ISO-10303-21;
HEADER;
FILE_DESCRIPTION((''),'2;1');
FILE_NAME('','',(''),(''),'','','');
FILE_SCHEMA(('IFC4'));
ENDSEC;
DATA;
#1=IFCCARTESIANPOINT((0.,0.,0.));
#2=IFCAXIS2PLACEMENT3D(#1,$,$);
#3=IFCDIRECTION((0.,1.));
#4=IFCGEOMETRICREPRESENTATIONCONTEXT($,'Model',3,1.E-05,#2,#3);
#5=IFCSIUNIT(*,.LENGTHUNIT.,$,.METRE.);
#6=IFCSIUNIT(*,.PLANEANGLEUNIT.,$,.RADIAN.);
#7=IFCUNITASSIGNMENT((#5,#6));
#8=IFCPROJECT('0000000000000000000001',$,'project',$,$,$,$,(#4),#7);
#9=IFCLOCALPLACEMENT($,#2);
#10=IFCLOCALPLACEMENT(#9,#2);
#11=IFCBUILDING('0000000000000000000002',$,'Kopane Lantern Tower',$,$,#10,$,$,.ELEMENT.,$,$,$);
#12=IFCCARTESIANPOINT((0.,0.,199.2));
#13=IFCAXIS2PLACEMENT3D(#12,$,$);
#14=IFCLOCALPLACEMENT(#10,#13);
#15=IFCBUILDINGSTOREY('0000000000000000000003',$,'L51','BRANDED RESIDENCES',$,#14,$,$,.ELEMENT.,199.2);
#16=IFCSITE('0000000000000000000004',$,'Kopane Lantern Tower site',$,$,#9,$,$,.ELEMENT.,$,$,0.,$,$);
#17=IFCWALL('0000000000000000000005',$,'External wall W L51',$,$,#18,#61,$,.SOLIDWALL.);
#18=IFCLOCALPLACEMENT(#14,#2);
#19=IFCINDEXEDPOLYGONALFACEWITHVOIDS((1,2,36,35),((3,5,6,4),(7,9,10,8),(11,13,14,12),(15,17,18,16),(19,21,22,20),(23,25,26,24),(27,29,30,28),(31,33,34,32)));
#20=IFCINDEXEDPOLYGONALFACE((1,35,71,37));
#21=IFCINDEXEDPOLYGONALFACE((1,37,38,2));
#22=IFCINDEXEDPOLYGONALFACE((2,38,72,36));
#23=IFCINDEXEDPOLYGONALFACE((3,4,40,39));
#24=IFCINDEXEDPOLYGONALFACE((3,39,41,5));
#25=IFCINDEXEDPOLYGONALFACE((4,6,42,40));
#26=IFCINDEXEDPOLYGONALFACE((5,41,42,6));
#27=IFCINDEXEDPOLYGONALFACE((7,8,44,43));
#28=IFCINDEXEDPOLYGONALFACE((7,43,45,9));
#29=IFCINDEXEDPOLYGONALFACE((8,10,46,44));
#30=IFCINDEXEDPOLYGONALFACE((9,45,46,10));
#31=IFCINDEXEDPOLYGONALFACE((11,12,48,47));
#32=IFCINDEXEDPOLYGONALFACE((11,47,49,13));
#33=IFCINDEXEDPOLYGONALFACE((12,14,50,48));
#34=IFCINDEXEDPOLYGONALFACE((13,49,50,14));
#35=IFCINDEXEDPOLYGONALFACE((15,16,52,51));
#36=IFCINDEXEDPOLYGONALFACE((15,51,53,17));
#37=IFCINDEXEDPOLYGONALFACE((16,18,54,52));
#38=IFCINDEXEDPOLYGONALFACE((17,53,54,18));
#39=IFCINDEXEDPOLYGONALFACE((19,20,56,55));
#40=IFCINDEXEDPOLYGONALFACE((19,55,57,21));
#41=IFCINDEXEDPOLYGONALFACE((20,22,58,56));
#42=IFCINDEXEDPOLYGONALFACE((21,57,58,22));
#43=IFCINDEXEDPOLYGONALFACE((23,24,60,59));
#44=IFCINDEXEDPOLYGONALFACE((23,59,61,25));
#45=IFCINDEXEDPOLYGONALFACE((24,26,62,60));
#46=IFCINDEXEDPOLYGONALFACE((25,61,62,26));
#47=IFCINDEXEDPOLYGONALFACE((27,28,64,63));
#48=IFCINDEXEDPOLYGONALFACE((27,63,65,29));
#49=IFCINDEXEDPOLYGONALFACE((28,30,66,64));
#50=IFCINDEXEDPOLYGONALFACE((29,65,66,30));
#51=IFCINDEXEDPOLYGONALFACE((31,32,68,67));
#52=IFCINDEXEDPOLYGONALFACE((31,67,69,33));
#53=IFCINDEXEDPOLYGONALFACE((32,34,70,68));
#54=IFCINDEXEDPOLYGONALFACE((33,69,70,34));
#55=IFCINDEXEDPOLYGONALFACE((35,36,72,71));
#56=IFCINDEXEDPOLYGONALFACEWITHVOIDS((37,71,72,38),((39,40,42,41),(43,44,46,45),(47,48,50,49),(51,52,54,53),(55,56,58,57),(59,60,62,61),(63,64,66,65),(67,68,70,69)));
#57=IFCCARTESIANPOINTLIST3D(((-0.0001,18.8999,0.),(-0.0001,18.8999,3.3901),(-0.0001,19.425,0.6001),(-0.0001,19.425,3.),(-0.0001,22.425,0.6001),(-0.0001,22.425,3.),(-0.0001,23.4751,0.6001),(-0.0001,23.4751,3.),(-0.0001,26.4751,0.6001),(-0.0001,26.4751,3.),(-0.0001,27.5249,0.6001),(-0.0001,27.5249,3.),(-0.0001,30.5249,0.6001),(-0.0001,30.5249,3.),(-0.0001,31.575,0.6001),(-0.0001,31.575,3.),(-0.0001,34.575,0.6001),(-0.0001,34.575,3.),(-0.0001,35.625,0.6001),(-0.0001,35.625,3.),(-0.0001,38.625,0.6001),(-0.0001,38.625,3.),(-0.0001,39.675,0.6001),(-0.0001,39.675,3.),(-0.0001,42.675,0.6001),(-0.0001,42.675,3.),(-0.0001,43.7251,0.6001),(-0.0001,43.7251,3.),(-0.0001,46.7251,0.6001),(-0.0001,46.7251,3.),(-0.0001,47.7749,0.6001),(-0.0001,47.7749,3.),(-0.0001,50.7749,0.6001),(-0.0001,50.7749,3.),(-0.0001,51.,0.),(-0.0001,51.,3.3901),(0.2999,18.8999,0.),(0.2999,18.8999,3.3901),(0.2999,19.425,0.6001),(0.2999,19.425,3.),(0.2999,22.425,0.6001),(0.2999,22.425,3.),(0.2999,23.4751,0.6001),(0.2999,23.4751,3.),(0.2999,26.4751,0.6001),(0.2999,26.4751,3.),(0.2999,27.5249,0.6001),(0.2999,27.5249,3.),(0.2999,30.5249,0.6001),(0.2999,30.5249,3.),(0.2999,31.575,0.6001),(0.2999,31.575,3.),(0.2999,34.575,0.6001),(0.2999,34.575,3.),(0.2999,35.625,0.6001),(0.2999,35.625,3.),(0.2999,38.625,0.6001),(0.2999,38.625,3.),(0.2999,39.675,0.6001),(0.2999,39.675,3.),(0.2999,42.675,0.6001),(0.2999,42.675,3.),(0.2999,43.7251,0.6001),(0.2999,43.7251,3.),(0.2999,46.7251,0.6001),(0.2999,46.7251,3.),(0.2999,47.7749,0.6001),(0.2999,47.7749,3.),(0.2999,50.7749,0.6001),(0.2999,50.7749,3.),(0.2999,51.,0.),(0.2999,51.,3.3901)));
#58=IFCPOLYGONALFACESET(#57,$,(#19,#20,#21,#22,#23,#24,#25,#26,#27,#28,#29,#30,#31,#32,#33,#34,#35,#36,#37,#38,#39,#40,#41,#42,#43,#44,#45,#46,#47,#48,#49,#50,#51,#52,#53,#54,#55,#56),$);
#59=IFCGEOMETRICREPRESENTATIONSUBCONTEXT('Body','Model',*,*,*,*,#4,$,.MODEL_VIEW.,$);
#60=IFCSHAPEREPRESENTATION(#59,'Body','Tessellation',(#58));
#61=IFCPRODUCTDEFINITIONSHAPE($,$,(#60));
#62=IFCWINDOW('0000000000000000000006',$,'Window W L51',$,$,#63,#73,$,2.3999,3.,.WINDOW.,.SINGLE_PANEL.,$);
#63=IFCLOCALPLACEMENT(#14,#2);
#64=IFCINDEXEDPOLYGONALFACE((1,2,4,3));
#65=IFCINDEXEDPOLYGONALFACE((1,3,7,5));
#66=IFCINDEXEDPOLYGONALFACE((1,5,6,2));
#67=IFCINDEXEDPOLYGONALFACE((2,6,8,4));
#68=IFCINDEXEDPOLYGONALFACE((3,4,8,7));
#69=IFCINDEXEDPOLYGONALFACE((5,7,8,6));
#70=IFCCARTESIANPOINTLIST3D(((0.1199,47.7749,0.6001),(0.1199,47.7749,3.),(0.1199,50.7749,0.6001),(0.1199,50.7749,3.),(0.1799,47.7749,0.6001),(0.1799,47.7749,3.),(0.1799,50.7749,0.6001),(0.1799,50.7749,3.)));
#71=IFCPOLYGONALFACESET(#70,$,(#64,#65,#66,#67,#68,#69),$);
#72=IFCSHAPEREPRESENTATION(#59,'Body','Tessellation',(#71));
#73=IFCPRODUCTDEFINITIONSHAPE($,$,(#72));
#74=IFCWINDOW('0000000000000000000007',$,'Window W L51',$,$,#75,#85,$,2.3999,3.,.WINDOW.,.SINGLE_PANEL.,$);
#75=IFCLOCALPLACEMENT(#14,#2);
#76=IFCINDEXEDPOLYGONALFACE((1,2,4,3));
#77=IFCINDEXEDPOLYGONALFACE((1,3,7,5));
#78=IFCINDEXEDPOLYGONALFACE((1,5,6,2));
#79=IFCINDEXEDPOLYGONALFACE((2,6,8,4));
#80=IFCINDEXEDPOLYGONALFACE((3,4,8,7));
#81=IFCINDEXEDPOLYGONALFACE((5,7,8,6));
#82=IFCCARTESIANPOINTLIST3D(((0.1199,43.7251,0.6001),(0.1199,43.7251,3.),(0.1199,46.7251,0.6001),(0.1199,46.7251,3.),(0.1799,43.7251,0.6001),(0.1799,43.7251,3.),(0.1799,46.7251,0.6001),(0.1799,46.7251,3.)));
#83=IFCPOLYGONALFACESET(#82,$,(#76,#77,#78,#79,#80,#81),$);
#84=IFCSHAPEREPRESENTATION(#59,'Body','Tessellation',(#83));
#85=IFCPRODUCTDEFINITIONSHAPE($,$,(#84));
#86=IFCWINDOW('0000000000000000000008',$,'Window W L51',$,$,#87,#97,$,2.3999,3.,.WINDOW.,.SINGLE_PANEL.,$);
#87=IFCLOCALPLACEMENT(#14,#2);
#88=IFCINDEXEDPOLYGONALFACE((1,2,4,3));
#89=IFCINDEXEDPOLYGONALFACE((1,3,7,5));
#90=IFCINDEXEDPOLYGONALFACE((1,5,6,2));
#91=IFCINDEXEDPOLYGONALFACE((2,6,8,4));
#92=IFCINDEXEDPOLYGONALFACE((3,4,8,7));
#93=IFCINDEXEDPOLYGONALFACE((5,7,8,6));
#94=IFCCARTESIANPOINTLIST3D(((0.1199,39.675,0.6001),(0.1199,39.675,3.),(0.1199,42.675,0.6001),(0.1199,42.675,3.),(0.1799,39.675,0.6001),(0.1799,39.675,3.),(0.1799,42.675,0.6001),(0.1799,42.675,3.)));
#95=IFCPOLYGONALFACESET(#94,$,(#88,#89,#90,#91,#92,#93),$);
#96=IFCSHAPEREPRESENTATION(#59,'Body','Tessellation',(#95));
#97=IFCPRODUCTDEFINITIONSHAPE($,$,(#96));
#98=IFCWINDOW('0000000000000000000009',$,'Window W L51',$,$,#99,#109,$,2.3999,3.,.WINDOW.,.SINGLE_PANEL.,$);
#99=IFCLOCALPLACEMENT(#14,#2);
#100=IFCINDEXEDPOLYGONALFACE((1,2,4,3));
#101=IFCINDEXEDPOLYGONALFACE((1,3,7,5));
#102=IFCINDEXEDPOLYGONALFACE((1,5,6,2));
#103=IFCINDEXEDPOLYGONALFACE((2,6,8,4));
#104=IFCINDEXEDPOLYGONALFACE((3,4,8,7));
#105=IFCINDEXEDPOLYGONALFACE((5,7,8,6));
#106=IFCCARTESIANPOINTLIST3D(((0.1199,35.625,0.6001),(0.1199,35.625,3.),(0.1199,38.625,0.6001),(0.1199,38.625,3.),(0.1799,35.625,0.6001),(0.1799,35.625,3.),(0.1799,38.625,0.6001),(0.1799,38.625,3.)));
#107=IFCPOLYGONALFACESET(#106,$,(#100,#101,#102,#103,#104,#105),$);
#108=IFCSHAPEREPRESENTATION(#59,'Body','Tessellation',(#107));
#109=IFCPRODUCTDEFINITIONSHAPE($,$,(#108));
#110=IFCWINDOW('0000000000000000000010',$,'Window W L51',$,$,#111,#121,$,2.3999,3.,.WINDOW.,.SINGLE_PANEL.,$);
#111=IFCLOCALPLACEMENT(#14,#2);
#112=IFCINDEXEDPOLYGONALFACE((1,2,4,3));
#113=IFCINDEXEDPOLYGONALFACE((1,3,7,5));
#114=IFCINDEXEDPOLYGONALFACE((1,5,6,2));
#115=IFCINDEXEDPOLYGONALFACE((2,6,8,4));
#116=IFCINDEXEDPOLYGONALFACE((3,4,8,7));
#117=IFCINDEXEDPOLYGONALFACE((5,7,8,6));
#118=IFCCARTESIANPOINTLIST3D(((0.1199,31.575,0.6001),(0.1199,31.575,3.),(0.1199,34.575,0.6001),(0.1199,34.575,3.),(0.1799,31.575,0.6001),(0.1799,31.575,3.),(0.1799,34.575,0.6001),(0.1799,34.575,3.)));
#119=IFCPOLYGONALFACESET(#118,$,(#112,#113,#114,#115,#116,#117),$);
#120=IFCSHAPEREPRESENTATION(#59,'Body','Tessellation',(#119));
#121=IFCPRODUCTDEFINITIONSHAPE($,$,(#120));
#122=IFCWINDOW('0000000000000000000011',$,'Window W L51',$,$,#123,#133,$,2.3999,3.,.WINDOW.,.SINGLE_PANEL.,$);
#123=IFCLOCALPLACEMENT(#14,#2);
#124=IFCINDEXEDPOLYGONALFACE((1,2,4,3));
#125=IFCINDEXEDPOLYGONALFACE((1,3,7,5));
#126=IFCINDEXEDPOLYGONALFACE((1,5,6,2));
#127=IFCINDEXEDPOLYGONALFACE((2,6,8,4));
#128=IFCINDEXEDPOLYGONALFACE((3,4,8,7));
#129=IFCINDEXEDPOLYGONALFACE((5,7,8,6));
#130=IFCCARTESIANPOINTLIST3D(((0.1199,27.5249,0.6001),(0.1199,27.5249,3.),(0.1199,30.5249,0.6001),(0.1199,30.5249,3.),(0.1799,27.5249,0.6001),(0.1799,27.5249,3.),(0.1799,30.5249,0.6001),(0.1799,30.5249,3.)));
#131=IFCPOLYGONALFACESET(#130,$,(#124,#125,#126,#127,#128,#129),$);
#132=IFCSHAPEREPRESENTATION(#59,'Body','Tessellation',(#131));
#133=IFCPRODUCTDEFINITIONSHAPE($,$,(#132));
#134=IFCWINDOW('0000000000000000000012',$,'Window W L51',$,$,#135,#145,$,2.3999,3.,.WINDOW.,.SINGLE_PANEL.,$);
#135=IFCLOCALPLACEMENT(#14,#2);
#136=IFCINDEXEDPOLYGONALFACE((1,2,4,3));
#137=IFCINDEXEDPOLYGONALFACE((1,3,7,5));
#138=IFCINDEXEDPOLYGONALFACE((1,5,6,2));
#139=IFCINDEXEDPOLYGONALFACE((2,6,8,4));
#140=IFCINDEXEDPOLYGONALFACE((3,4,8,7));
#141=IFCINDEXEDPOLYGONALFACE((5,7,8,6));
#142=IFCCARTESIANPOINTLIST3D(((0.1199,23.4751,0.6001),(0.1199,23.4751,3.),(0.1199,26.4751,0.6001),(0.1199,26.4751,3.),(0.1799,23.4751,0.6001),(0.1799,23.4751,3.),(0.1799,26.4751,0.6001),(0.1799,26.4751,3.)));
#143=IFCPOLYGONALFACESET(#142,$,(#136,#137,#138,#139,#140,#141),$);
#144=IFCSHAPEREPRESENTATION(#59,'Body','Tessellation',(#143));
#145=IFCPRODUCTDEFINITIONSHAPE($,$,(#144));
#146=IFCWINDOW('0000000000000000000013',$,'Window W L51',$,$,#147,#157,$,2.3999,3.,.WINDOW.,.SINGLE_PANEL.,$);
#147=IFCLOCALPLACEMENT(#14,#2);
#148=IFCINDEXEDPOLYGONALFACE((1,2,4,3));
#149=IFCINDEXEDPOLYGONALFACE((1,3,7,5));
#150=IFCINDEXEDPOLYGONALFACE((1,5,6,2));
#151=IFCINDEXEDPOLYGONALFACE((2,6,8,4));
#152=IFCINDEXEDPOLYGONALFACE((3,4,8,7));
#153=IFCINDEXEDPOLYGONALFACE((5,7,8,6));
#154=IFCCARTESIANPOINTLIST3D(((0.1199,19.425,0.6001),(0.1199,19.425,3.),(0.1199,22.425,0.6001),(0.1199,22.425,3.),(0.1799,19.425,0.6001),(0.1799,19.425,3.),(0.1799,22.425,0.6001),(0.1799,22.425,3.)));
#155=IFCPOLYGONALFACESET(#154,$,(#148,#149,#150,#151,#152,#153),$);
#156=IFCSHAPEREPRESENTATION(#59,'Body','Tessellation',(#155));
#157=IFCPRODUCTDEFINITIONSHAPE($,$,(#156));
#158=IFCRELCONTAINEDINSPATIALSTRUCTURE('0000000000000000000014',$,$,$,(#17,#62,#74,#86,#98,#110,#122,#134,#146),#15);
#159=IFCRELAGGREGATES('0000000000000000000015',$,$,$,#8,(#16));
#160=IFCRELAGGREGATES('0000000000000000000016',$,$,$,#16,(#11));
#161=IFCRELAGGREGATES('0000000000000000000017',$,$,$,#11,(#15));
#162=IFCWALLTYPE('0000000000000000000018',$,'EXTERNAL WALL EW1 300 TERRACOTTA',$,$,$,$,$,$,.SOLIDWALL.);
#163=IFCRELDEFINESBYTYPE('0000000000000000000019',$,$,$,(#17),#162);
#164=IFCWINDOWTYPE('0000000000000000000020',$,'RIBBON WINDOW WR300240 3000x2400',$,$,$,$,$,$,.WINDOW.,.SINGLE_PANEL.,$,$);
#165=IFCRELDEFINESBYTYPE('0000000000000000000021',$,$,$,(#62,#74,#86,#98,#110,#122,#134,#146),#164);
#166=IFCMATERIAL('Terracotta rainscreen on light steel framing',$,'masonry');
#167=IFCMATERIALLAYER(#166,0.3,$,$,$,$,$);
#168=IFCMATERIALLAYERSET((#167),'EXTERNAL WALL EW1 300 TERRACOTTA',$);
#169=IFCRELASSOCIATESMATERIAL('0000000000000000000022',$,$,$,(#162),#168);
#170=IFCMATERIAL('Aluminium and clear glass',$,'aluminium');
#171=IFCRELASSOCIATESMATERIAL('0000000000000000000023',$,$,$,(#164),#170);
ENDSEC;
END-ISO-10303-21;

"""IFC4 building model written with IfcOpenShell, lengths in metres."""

from ifc_helpers import new_model, si_unit, direction, frame, frame_2d, origin, place, context, subcontext, project, spatial, rectangle, extrude, material, layer, layer_set, type_object, element, fill, save


model = new_model("IFC4")

# Units and contexts
model_context = context("Model", 3, precision=1e-05, world=origin(), true_north=direction((0.0, 1.0)))
body_context = subcontext(model_context, "Body", "Model", "MODEL_VIEW")
ifc_project = project(units=[si_unit("LENGTHUNIT", "METRE"), si_unit("PLANEANGLEUNIT", "RADIAN")], contexts=[model_context])

# Site, building, storey
site_placement = place(None, origin())
site = spatial("IfcSite", under=ifc_project, at=site_placement, Name="Kopane Lantern Tower site", CompositionType="ELEMENT", RefElevation=0.0)
building_placement = place(site_placement, origin())
building = spatial("IfcBuilding", under=site, at=building_placement, Name="Kopane Lantern Tower", CompositionType="ELEMENT")
storey_placement = place(building_placement, frame((0.0, 0.0, 199.2)))
storey = spatial("IfcBuildingStorey", under=building, at=storey_placement, Name="L51", Description="BRANDED RESIDENCES", CompositionType="ELEMENT", Elevation=199.2)

# Wall, openings, windows
ifc_material_1 = material(Name="Terracotta rainscreen on light steel framing", Category="masonry")
ifc_layer = layer(ifc_material_1, 0.3)
ifc_layer_set = layer_set([ifc_layer], Name="EXTERNAL WALL EW1 300 TERRACOTTA")
wall_type = type_object("IfcWallType", Name="EXTERNAL WALL EW1 300 TERRACOTTA", PredefinedType="SOLIDWALL", material=ifc_layer_set)
wall_placement = place(storey_placement, frame((0.1499, 51.0, 0.0), z_axis=(0.0, 0.0, 1.0), x_axis=(0.0, -1.0, 0.0)))
wall = element("IfcWall", 1, at=wall_placement, inside=storey, type_object=wall_type, Name="External wall W L51", PredefinedType="SOLIDWALL", context=body_context, shape_type="SweptSolid", body=[
    extrude(rectangle(XDim=32.1001, YDim=0.3, at=frame_2d((16.05, 0.0))), origin(), (0.0, 0.0, 1.0), 3.3901),
])
opening_1_placement = place(wall_placement, frame((0.2251, 0.0, 0.6001)))
opening_1 = element("IfcOpeningElement", 2, at=opening_1_placement, cuts=wall, PredefinedType="OPENING", context=body_context, shape_type="SweptSolid", body=[
    extrude(rectangle(XDim=3.0, YDim=2.3999, at=frame_2d((1.5, 1.2))), frame((0.0, 0.1599, 0.0), z_axis=(0.0, -1.0, 0.0), x_axis=(1.0, 0.0, 0.0)), (0.0, 0.0, 1.0), 0.3201),
])
opening_2_placement = place(wall_placement, frame((4.2749, 0.0, 0.6001)))
opening_2 = element("IfcOpeningElement", 3, at=opening_2_placement, cuts=wall, PredefinedType="OPENING", context=body_context, shape_type="SweptSolid", body=[
    extrude(rectangle(XDim=3.0, YDim=2.3999, at=frame_2d((1.5, 1.2))), frame((0.0, 0.1599, 0.0), z_axis=(0.0, -1.0, 0.0), x_axis=(1.0, 0.0, 0.0)), (0.0, 0.0, 1.0), 0.3201),
])
opening_3_placement = place(wall_placement, frame((8.325, 0.0, 0.6001)))
opening_3 = element("IfcOpeningElement", 4, at=opening_3_placement, cuts=wall, PredefinedType="OPENING", context=body_context, shape_type="SweptSolid", body=[
    extrude(rectangle(XDim=3.0, YDim=2.3999, at=frame_2d((1.5, 1.2))), frame((0.0, 0.1599, 0.0), z_axis=(0.0, -1.0, 0.0), x_axis=(1.0, 0.0, 0.0)), (0.0, 0.0, 1.0), 0.3201),
])
opening_4_placement = place(wall_placement, frame((12.375, 0.0, 0.6001)))
opening_4 = element("IfcOpeningElement", 5, at=opening_4_placement, cuts=wall, PredefinedType="OPENING", context=body_context, shape_type="SweptSolid", body=[
    extrude(rectangle(XDim=3.0, YDim=2.3999, at=frame_2d((1.5, 1.2))), frame((0.0, 0.1599, 0.0), z_axis=(0.0, -1.0, 0.0), x_axis=(1.0, 0.0, 0.0)), (0.0, 0.0, 1.0), 0.3201),
])
opening_5_placement = place(wall_placement, frame((16.425, 0.0, 0.6001)))
opening_5 = element("IfcOpeningElement", 6, at=opening_5_placement, cuts=wall, PredefinedType="OPENING", context=body_context, shape_type="SweptSolid", body=[
    extrude(rectangle(XDim=3.0, YDim=2.3999, at=frame_2d((1.5, 1.2))), frame((0.0, 0.1599, 0.0), z_axis=(0.0, -1.0, 0.0), x_axis=(1.0, 0.0, 0.0)), (0.0, 0.0, 1.0), 0.3201),
])
opening_6_placement = place(wall_placement, frame((20.4751, 0.0, 0.6001)))
opening_6 = element("IfcOpeningElement", 7, at=opening_6_placement, cuts=wall, PredefinedType="OPENING", context=body_context, shape_type="SweptSolid", body=[
    extrude(rectangle(XDim=3.0, YDim=2.3999, at=frame_2d((1.5, 1.2))), frame((0.0, 0.1599, 0.0), z_axis=(0.0, -1.0, 0.0), x_axis=(1.0, 0.0, 0.0)), (0.0, 0.0, 1.0), 0.3201),
])
opening_7_placement = place(wall_placement, frame((24.5249, 0.0, 0.6001)))
opening_7 = element("IfcOpeningElement", 8, at=opening_7_placement, cuts=wall, PredefinedType="OPENING", context=body_context, shape_type="SweptSolid", body=[
    extrude(rectangle(XDim=3.0, YDim=2.3999, at=frame_2d((1.5, 1.2))), frame((0.0, 0.1599, 0.0), z_axis=(0.0, -1.0, 0.0), x_axis=(1.0, 0.0, 0.0)), (0.0, 0.0, 1.0), 0.3201),
])
opening_8_placement = place(wall_placement, frame((28.575, 0.0, 0.6001)))
opening_8 = element("IfcOpeningElement", 9, at=opening_8_placement, cuts=wall, PredefinedType="OPENING", context=body_context, shape_type="SweptSolid", body=[
    extrude(rectangle(XDim=3.0, YDim=2.3999, at=frame_2d((1.5, 1.2))), frame((0.0, 0.1599, 0.0), z_axis=(0.0, -1.0, 0.0), x_axis=(1.0, 0.0, 0.0)), (0.0, 0.0, 1.0), 0.3201),
])
ifc_material_2 = material(Name="Aluminium and clear glass", Category="aluminium")
window_type = type_object("IfcWindowType", Name="RIBBON WINDOW WR300240 3000x2400", PartitioningType="SINGLE_PANEL", PredefinedType="WINDOW", material=ifc_material_2)
window_1_placement = place(opening_1_placement, origin())
window_1 = element("IfcWindow", 10, at=window_1_placement, inside=storey, type_object=window_type, Name="Window W L51", OverallHeight=2.3999, OverallWidth=3.0, PartitioningType="SINGLE_PANEL", PredefinedType="WINDOW", context=body_context, shape_type="SweptSolid", body=[
    extrude(rectangle(XDim=3.0, YDim=2.3999, at=frame_2d((1.5, 1.2))), frame((0.0, 0.03, 0.0), z_axis=(0.0, -1.0, 0.0), x_axis=(1.0, 0.0, 0.0)), (0.0, 0.0, 1.0), 0.0601),
])
fill(opening_1, window_1)
window_2_placement = place(opening_2_placement, origin())
window_2 = element("IfcWindow", 11, at=window_2_placement, inside=storey, type_object=window_type, Name="Window W L51", OverallHeight=2.3999, OverallWidth=3.0, PartitioningType="SINGLE_PANEL", PredefinedType="WINDOW", context=body_context, shape_type="SweptSolid", body=[
    extrude(rectangle(XDim=3.0, YDim=2.3999, at=frame_2d((1.5, 1.2))), frame((0.0, 0.03, 0.0), z_axis=(0.0, -1.0, 0.0), x_axis=(1.0, 0.0, 0.0)), (0.0, 0.0, 1.0), 0.0601),
])
fill(opening_2, window_2)
window_3_placement = place(opening_3_placement, origin())
window_3 = element("IfcWindow", 12, at=window_3_placement, inside=storey, type_object=window_type, Name="Window W L51", OverallHeight=2.3999, OverallWidth=3.0, PartitioningType="SINGLE_PANEL", PredefinedType="WINDOW", context=body_context, shape_type="SweptSolid", body=[
    extrude(rectangle(XDim=3.0, YDim=2.3999, at=frame_2d((1.5, 1.2))), frame((0.0, 0.03, 0.0), z_axis=(0.0, -1.0, 0.0), x_axis=(1.0, 0.0, 0.0)), (0.0, 0.0, 1.0), 0.0601),
])
fill(opening_3, window_3)
window_4_placement = place(opening_4_placement, origin())
window_4 = element("IfcWindow", 13, at=window_4_placement, inside=storey, type_object=window_type, Name="Window W L51", OverallHeight=2.3999, OverallWidth=3.0, PartitioningType="SINGLE_PANEL", PredefinedType="WINDOW", context=body_context, shape_type="SweptSolid", body=[
    extrude(rectangle(XDim=3.0, YDim=2.3999, at=frame_2d((1.5, 1.2))), frame((0.0, 0.03, 0.0), z_axis=(0.0, -1.0, 0.0), x_axis=(1.0, 0.0, 0.0)), (0.0, 0.0, 1.0), 0.0601),
])
fill(opening_4, window_4)
window_5_placement = place(opening_5_placement, origin())
window_5 = element("IfcWindow", 14, at=window_5_placement, inside=storey, type_object=window_type, Name="Window W L51", OverallHeight=2.3999, OverallWidth=3.0, PartitioningType="SINGLE_PANEL", PredefinedType="WINDOW", context=body_context, shape_type="SweptSolid", body=[
    extrude(rectangle(XDim=3.0, YDim=2.3999, at=frame_2d((1.5, 1.2))), frame((0.0, 0.03, 0.0), z_axis=(0.0, -1.0, 0.0), x_axis=(1.0, 0.0, 0.0)), (0.0, 0.0, 1.0), 0.0601),
])
fill(opening_5, window_5)
window_6_placement = place(opening_6_placement, origin())
window_6 = element("IfcWindow", 15, at=window_6_placement, inside=storey, type_object=window_type, Name="Window W L51", OverallHeight=2.3999, OverallWidth=3.0, PartitioningType="SINGLE_PANEL", PredefinedType="WINDOW", context=body_context, shape_type="SweptSolid", body=[
    extrude(rectangle(XDim=3.0, YDim=2.3999, at=frame_2d((1.5, 1.2))), frame((0.0, 0.03, 0.0), z_axis=(0.0, -1.0, 0.0), x_axis=(1.0, 0.0, 0.0)), (0.0, 0.0, 1.0), 0.0601),
])
fill(opening_6, window_6)
window_7_placement = place(opening_7_placement, origin())
window_7 = element("IfcWindow", 16, at=window_7_placement, inside=storey, type_object=window_type, Name="Window W L51", OverallHeight=2.3999, OverallWidth=3.0, PartitioningType="SINGLE_PANEL", PredefinedType="WINDOW", context=body_context, shape_type="SweptSolid", body=[
    extrude(rectangle(XDim=3.0, YDim=2.3999, at=frame_2d((1.5, 1.2))), frame((0.0, 0.03, 0.0), z_axis=(0.0, -1.0, 0.0), x_axis=(1.0, 0.0, 0.0)), (0.0, 0.0, 1.0), 0.0601),
])
fill(opening_7, window_7)
window_8_placement = place(opening_8_placement, origin())
window_8 = element("IfcWindow", 17, at=window_8_placement, inside=storey, type_object=window_type, Name="Window W L51", OverallHeight=2.3999, OverallWidth=3.0, PartitioningType="SINGLE_PANEL", PredefinedType="WINDOW", context=body_context, shape_type="SweptSolid", body=[
    extrude(rectangle(XDim=3.0, YDim=2.3999, at=frame_2d((1.5, 1.2))), frame((0.0, 0.03, 0.0), z_axis=(0.0, -1.0, 0.0), x_axis=(1.0, 0.0, 0.0)), (0.0, 0.0, 1.0), 0.0601),
])
fill(opening_8, window_8)

save(model, "model.ifc")
